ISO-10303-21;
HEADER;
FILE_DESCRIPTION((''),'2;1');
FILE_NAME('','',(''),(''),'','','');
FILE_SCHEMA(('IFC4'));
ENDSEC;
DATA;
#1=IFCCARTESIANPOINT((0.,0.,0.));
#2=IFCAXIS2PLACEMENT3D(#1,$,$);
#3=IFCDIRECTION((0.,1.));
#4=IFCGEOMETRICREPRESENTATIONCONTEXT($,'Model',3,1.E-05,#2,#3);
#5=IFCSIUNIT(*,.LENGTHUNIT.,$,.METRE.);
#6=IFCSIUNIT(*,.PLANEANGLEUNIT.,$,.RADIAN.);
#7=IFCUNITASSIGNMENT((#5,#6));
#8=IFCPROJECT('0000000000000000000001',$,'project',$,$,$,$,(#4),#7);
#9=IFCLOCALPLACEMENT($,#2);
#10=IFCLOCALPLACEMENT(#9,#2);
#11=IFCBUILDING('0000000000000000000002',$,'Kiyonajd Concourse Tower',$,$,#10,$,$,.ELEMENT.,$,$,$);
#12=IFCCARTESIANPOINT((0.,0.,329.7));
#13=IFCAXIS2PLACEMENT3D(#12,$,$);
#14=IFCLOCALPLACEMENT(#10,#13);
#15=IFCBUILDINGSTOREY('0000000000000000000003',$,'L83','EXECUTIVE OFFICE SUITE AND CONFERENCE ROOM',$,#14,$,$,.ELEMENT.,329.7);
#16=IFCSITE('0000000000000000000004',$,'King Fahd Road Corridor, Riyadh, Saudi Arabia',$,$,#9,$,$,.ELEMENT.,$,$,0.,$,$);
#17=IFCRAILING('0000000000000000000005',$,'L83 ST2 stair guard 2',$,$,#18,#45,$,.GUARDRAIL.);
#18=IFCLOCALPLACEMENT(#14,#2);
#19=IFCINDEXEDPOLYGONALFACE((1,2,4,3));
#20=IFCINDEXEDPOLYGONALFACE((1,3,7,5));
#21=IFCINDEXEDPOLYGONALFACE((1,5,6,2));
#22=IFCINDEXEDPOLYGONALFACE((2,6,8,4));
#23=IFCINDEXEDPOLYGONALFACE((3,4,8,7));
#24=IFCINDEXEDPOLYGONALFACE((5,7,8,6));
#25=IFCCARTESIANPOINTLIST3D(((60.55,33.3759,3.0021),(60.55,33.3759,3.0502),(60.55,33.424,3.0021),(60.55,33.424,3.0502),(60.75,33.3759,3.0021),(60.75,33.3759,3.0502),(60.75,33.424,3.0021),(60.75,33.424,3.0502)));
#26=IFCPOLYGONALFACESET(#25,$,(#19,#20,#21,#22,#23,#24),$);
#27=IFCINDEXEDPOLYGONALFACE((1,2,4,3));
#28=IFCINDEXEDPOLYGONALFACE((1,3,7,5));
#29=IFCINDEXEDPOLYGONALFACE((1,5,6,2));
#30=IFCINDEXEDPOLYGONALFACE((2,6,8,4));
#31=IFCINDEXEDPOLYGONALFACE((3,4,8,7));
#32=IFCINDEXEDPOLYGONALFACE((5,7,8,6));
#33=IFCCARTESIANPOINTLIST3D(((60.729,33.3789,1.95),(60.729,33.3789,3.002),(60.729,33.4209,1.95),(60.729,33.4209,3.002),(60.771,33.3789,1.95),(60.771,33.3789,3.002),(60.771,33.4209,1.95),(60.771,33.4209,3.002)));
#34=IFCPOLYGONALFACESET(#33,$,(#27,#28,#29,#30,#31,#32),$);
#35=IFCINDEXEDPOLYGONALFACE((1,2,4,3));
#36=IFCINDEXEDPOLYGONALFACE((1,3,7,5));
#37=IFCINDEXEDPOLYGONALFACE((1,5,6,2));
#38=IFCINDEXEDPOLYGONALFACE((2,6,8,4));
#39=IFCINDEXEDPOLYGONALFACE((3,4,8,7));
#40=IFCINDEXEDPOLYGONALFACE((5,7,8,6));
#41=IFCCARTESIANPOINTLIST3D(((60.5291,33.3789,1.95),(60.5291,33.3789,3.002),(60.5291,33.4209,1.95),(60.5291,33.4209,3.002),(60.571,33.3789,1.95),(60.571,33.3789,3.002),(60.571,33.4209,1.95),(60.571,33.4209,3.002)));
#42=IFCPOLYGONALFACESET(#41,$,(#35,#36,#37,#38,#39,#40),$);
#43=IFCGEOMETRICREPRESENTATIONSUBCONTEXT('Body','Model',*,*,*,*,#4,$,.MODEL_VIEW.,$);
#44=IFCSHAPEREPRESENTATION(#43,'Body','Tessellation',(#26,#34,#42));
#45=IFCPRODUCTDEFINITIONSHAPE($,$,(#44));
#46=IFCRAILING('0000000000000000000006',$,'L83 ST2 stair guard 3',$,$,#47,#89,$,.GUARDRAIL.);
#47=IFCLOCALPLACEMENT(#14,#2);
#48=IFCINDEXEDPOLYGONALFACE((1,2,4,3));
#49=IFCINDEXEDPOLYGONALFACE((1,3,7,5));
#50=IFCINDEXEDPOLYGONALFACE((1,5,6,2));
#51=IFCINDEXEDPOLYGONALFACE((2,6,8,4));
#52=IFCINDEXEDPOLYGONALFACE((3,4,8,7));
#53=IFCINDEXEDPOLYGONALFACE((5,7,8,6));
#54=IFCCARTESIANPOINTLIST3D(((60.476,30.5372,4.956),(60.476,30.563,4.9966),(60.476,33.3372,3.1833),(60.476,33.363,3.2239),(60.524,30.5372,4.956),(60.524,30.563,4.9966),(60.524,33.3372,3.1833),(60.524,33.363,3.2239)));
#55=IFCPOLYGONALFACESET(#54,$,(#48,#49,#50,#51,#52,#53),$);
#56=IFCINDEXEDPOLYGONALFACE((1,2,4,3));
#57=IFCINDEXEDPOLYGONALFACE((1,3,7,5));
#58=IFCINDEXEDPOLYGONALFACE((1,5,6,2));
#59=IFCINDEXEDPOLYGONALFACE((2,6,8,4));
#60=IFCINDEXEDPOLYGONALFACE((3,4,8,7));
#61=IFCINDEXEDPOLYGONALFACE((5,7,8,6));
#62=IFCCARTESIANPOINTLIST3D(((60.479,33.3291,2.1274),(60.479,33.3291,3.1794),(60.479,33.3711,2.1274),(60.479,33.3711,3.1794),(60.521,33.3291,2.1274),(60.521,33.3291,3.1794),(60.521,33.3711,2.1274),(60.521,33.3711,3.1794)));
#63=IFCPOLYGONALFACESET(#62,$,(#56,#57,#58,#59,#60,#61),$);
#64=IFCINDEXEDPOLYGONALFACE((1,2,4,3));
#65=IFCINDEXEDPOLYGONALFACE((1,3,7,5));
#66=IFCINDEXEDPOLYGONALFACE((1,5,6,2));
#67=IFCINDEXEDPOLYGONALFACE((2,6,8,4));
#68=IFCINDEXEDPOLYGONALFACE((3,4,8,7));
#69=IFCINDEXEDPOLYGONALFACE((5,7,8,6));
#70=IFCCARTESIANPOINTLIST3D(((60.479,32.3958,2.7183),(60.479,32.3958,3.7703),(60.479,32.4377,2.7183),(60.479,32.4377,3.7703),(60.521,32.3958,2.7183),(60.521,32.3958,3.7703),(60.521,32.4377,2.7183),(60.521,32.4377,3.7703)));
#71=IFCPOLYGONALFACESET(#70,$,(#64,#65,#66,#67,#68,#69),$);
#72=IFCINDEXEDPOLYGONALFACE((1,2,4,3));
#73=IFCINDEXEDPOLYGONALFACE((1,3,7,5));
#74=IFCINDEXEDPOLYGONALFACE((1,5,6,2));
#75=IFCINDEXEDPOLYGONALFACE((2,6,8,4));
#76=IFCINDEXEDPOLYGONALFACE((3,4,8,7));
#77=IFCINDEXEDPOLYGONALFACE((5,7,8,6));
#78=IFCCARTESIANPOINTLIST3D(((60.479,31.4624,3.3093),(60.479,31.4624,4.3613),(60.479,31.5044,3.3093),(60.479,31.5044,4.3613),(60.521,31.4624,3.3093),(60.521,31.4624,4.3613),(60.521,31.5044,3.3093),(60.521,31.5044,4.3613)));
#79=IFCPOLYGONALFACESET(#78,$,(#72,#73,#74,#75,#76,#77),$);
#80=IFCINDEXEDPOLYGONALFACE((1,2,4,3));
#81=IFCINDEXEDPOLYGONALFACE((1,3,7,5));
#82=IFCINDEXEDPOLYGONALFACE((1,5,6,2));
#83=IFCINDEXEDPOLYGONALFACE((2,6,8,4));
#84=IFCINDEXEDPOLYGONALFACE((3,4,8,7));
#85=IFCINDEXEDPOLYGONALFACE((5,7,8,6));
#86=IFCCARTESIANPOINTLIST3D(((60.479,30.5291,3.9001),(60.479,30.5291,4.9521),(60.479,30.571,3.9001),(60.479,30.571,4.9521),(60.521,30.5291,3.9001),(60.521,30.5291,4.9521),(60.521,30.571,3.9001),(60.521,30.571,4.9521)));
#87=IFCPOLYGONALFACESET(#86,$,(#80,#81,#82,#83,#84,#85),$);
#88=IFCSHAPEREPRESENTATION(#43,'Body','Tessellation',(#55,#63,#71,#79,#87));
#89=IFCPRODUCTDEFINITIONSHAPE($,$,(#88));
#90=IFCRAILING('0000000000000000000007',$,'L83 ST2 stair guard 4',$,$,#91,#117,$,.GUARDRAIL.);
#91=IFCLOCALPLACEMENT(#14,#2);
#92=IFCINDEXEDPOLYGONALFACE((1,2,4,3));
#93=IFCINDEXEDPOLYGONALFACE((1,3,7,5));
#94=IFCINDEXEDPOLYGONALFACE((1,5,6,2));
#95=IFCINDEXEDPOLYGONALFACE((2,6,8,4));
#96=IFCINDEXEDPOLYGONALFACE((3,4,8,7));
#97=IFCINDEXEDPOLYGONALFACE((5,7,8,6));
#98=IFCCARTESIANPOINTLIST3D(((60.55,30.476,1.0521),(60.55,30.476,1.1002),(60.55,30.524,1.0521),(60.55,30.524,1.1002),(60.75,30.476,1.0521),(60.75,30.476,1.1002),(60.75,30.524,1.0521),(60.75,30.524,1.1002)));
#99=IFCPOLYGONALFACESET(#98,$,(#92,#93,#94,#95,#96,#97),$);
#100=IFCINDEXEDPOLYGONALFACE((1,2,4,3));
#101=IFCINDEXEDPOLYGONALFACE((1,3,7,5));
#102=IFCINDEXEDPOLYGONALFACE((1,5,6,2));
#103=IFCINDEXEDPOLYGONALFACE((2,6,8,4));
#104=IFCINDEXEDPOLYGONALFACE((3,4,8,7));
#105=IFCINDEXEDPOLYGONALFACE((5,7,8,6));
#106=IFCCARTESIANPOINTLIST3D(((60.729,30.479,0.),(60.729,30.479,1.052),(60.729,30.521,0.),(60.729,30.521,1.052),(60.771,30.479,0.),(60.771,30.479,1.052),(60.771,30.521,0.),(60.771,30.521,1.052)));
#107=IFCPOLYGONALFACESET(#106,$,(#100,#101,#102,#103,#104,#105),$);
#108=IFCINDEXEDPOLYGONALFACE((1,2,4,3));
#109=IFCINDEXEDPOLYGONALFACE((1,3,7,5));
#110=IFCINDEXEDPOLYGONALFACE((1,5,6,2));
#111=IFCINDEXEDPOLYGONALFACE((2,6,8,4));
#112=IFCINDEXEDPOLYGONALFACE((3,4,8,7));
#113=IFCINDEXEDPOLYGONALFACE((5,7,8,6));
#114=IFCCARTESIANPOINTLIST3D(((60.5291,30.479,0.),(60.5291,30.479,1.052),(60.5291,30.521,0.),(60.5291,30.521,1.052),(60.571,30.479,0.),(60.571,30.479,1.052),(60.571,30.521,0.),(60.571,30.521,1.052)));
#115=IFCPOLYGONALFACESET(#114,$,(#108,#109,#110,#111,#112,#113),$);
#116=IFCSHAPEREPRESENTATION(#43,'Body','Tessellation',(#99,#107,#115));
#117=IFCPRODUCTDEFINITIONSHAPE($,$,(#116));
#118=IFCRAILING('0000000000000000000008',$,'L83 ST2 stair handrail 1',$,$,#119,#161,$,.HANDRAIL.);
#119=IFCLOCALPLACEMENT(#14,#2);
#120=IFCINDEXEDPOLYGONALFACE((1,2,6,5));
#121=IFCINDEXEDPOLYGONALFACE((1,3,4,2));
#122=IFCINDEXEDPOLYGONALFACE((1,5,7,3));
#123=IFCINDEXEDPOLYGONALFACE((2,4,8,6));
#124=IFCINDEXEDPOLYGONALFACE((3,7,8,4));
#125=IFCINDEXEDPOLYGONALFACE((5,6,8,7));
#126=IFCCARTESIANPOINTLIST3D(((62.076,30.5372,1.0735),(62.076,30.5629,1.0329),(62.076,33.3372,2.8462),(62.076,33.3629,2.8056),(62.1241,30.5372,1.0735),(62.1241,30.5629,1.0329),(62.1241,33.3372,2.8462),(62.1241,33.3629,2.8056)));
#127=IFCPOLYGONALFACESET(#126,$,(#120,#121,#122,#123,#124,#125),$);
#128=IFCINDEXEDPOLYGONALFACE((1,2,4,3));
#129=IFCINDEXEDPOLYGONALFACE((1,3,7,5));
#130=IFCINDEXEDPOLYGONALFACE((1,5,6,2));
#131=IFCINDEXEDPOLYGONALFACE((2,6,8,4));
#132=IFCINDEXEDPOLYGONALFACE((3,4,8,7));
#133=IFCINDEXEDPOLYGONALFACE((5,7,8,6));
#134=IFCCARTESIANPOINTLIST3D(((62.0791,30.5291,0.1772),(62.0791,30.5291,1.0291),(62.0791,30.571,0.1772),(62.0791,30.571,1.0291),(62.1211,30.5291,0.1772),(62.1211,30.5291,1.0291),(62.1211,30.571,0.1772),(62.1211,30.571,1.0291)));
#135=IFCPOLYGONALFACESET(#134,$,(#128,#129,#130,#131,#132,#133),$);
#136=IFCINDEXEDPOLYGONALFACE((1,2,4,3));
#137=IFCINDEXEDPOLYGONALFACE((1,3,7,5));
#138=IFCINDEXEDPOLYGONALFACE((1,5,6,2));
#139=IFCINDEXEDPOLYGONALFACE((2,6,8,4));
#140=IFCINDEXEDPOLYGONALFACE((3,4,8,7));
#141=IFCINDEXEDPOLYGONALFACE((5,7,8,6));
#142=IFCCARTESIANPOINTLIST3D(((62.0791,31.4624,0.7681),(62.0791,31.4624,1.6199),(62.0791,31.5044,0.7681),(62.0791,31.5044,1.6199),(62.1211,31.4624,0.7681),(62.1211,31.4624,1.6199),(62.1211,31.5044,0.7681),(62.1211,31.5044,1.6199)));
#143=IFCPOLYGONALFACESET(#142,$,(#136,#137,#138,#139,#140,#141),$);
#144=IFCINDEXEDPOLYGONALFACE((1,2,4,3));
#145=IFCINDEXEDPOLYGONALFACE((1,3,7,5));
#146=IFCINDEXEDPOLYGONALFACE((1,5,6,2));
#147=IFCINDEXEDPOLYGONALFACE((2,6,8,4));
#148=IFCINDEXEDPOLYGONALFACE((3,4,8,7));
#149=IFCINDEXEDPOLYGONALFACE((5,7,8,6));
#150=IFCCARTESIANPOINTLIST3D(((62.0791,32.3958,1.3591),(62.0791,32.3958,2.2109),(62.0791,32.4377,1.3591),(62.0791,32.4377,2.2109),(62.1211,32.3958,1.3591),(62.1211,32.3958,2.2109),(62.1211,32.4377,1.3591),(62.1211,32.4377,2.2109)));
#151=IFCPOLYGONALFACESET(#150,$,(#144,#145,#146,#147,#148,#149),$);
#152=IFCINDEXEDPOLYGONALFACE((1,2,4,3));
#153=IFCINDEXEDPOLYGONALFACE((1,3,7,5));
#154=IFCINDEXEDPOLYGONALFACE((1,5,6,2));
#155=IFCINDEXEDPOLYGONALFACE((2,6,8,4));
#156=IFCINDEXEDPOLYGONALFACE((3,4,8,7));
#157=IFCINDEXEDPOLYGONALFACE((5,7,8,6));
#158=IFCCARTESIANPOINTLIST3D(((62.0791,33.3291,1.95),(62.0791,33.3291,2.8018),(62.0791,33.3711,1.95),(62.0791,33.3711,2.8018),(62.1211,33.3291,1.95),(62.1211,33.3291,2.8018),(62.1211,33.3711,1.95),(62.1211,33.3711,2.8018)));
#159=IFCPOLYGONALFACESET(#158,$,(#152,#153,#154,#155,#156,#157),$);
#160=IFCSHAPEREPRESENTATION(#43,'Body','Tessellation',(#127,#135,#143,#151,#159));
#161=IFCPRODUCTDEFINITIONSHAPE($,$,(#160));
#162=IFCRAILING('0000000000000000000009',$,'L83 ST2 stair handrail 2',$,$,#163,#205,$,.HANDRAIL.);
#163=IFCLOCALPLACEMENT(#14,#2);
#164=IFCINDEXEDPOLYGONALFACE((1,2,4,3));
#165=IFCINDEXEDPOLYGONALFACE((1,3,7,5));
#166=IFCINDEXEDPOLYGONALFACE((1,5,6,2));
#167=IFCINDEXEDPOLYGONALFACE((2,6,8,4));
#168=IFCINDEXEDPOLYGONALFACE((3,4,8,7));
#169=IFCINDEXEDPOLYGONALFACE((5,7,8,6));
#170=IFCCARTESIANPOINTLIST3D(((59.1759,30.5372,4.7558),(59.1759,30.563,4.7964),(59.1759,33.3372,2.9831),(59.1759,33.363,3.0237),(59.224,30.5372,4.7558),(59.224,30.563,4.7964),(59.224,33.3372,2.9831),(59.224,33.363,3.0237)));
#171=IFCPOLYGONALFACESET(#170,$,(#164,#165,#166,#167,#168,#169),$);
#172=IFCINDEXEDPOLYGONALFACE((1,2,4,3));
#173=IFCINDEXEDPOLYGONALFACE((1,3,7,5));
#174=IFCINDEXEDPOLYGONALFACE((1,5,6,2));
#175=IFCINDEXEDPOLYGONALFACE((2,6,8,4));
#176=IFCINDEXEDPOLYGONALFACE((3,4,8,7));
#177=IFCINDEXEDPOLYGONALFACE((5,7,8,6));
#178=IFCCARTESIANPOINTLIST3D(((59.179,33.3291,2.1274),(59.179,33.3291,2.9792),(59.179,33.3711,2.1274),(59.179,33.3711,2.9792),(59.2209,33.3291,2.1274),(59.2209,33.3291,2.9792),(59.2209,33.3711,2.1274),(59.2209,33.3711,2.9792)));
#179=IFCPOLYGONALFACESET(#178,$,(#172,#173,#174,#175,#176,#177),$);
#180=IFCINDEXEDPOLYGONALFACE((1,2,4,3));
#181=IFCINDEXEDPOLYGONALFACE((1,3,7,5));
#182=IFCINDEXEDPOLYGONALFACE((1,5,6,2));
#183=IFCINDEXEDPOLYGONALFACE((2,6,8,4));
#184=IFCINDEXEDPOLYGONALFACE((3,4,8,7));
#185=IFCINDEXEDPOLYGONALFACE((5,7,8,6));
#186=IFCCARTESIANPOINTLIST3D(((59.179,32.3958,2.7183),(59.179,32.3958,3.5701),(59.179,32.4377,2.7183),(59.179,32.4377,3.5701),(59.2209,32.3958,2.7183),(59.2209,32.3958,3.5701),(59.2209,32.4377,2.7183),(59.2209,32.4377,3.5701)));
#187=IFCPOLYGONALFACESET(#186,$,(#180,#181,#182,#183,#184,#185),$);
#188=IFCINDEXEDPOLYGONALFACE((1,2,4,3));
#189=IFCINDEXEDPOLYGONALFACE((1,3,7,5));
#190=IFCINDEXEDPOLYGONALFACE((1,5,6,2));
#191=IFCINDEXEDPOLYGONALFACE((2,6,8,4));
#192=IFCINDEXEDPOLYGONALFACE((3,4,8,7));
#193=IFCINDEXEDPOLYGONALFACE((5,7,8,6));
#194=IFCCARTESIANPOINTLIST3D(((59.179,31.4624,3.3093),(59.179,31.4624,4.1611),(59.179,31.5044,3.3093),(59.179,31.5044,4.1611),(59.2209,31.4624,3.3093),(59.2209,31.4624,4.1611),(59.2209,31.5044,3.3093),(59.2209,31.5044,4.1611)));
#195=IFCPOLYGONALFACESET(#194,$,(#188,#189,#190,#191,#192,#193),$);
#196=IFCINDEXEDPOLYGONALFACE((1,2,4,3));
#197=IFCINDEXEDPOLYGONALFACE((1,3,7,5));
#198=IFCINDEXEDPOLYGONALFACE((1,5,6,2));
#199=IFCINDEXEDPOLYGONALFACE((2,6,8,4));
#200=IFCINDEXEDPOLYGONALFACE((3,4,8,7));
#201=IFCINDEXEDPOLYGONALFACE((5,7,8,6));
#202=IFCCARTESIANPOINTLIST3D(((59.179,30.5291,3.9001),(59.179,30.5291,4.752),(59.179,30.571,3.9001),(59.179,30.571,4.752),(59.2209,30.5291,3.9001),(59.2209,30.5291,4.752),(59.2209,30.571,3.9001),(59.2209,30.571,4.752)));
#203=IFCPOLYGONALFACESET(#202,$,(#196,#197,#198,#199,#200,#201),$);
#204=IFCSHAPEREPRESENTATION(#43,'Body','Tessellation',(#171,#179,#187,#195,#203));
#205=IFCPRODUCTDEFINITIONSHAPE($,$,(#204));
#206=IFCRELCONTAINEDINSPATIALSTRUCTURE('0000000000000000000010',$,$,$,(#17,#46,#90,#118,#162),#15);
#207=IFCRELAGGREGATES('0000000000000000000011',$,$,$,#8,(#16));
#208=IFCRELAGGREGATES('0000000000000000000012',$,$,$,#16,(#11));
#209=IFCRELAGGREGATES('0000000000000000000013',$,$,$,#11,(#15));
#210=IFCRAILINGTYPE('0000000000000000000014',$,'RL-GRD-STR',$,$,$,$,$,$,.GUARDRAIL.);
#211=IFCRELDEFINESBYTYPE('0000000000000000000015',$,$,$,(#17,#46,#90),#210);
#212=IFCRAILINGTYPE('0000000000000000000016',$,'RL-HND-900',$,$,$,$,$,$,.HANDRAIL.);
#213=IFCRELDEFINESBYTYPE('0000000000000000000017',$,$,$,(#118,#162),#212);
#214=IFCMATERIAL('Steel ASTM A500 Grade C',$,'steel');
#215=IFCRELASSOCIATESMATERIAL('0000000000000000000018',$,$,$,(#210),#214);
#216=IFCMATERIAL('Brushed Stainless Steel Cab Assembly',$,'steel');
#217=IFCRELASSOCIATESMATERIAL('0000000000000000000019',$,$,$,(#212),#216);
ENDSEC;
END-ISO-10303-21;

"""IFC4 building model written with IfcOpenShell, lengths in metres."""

from ifc_helpers import new_model, si_unit, direction, frame, origin, origin_2d, place, context, subcontext, project, spatial, rectangle, extrude, material, type_object, element, save


model = new_model("IFC4")

# Units and contexts
model_context = context("Model", 3, precision=1e-05, world=origin(), true_north=direction((0.0, 1.0)))
body_context = subcontext(model_context, "Body", "Model", "MODEL_VIEW")
ifc_project = project(units=[si_unit("LENGTHUNIT", "METRE"), si_unit("PLANEANGLEUNIT", "RADIAN")], contexts=[model_context])

# Site, building, storey
site_placement = place(None, origin())
site = spatial("IfcSite", under=ifc_project, at=site_placement, Name="King Fahd Road Corridor, Riyadh, Saudi Arabia", CompositionType="ELEMENT", RefElevation=0.0)
building_placement = place(site_placement, origin())
building = spatial("IfcBuilding", under=site, at=building_placement, Name="Kiyonajd Concourse Tower", CompositionType="ELEMENT")
storey_placement = place(building_placement, frame((0.0, 0.0, 329.7)))
storey = spatial("IfcBuildingStorey", under=building, at=storey_placement, Name="L83", Description="EXECUTIVE OFFICE SUITE AND CONFERENCE ROOM", CompositionType="ELEMENT", Elevation=329.7)

# Railings
ifc_material_1 = material(Name="Steel ASTM A500 Grade C", Category="steel")
railing_type_1 = type_object("IfcRailingType", Name="RL-GRD-STR", PredefinedType="GUARDRAIL", material=ifc_material_1)
railing_1_placement = place(storey_placement, frame((60.75, 33.3999, 1.95)))
element("IfcRailing", 1, at=railing_1_placement, inside=storey, type_object=railing_type_1, Name="L83 ST2 stair guard 2", PredefinedType="GUARDRAIL", context=body_context, shape_type="SweptSolid", body=[
    extrude(rectangle(XDim=0.0481, YDim=0.0481, at=origin_2d()), frame((0.0, 0.0, 1.0762), z_axis=(-1.0, 0.0, 0.0), x_axis=(0.0, -1.0, 0.0)), (0.0, 0.0, 1.0), 0.2),
    extrude(rectangle(XDim=0.042, YDim=0.042, at=origin_2d()), origin(), (0.0, 0.0, 1.0), 1.052),
    extrude(rectangle(XDim=0.042, YDim=0.042, at=origin_2d()), frame((-0.2, 0.0, 0.0)), (0.0, 0.0, 1.0), 1.052),
])
railing_2_placement = place(storey_placement, frame((60.5, 33.3501, 2.1274)))
element("IfcRailing", 2, at=railing_2_placement, inside=storey, type_object=railing_type_1, Name="L83 ST2 stair guard 3", PredefinedType="GUARDRAIL", context=body_context, shape_type="SweptSolid", body=[
    extrude(rectangle(XDim=0.0481, YDim=0.0481, at=origin_2d()), frame((0.0, 0.0, 1.0762), z_axis=(0.0, -0.844909, 0.53491), x_axis=(1.0, 0.0, 0.0)), (0.0, 0.0, 1.0), 3.314),
    extrude(rectangle(XDim=0.042, YDim=0.042, at=origin_2d()), origin(), (0.0, 0.0, 1.0), 1.052),
    extrude(rectangle(XDim=0.042, YDim=0.042, at=origin_2d()), frame((0.0, -0.9333, 0.5908)), (0.0, 0.0, 1.0), 1.052),
    extrude(rectangle(XDim=0.042, YDim=0.042, at=origin_2d()), frame((0.0, -1.8667, 1.1819)), (0.0, 0.0, 1.0), 1.052),
    extrude(rectangle(XDim=0.042, YDim=0.042, at=origin_2d()), frame((0.0, -2.8, 1.7727)), (0.0, 0.0, 1.0), 1.052),
])
railing_3_placement = place(storey_placement, frame((60.75, 30.5, 0.0)))
element("IfcRailing", 3, at=railing_3_placement, inside=storey, type_object=railing_type_1, Name="L83 ST2 stair guard 4", PredefinedType="GUARDRAIL", context=body_context, shape_type="SweptSolid", body=[
    extrude(rectangle(XDim=0.0481, YDim=0.0481, at=origin_2d()), frame((0.0, 0.0, 1.0762), z_axis=(-1.0, 0.0, 0.0), x_axis=(0.0, -1.0, 0.0)), (0.0, 0.0, 1.0), 0.2),
    extrude(rectangle(XDim=0.042, YDim=0.042, at=origin_2d()), origin(), (0.0, 0.0, 1.0), 1.052),
    extrude(rectangle(XDim=0.042, YDim=0.042, at=origin_2d()), frame((-0.2, 0.0, 0.0)), (0.0, 0.0, 1.0), 1.052),
])
ifc_material_2 = material(Name="Brushed Stainless Steel Cab Assembly", Category="steel")
railing_type_2 = type_object("IfcRailingType", Name="RL-HND-900", PredefinedType="HANDRAIL", material=ifc_material_2)
railing_4_placement = place(storey_placement, frame((62.1001, 30.55, 0.1772)))
element("IfcRailing", 4, at=railing_4_placement, inside=storey, type_object=railing_type_2, Name="L83 ST2 stair handrail 1", PredefinedType="HANDRAIL", context=body_context, shape_type="SweptSolid", body=[
    extrude(rectangle(XDim=0.0481, YDim=0.0481, at=origin_2d()), frame((0.0, 0.0, 0.876), z_axis=(0.0, 0.844909, 0.53491), x_axis=(-1.0, 0.0, 0.0)), (0.0, 0.0, 1.0), 3.314),
    extrude(rectangle(XDim=0.042, YDim=0.042, at=origin_2d()), origin(), (0.0, 0.0, 1.0), 0.8518),
    extrude(rectangle(XDim=0.042, YDim=0.042, at=origin_2d()), frame((0.0, 0.9333, 0.5908)), (0.0, 0.0, 1.0), 0.8518),
    extrude(rectangle(XDim=0.042, YDim=0.042, at=origin_2d()), frame((0.0, 1.8667, 1.1819)), (0.0, 0.0, 1.0), 0.8518),
    extrude(rectangle(XDim=0.042, YDim=0.042, at=origin_2d()), frame((0.0, 2.8, 1.7727)), (0.0, 0.0, 1.0), 0.8518),
])
railing_5_placement = place(storey_placement, frame((59.2, 33.3501, 2.1274)))
element("IfcRailing", 5, at=railing_5_placement, inside=storey, type_object=railing_type_2, Name="L83 ST2 stair handrail 2", PredefinedType="HANDRAIL", context=body_context, shape_type="SweptSolid", body=[
    extrude(rectangle(XDim=0.0481, YDim=0.0481, at=origin_2d()), frame((0.0, 0.0, 0.876), z_axis=(0.0, -0.844909, 0.53491), x_axis=(1.0, 0.0, 0.0)), (0.0, 0.0, 1.0), 3.314),
    extrude(rectangle(XDim=0.042, YDim=0.042, at=origin_2d()), origin(), (0.0, 0.0, 1.0), 0.8518),
    extrude(rectangle(XDim=0.042, YDim=0.042, at=origin_2d()), frame((0.0, -0.9333, 0.5908)), (0.0, 0.0, 1.0), 0.8518),
    extrude(rectangle(XDim=0.042, YDim=0.042, at=origin_2d()), frame((0.0, -1.8667, 1.1819)), (0.0, 0.0, 1.0), 0.8518),
    extrude(rectangle(XDim=0.042, YDim=0.042, at=origin_2d()), frame((0.0, -2.8, 1.7727)), (0.0, 0.0, 1.0), 0.8518),
])

save(model, "model.ifc")
